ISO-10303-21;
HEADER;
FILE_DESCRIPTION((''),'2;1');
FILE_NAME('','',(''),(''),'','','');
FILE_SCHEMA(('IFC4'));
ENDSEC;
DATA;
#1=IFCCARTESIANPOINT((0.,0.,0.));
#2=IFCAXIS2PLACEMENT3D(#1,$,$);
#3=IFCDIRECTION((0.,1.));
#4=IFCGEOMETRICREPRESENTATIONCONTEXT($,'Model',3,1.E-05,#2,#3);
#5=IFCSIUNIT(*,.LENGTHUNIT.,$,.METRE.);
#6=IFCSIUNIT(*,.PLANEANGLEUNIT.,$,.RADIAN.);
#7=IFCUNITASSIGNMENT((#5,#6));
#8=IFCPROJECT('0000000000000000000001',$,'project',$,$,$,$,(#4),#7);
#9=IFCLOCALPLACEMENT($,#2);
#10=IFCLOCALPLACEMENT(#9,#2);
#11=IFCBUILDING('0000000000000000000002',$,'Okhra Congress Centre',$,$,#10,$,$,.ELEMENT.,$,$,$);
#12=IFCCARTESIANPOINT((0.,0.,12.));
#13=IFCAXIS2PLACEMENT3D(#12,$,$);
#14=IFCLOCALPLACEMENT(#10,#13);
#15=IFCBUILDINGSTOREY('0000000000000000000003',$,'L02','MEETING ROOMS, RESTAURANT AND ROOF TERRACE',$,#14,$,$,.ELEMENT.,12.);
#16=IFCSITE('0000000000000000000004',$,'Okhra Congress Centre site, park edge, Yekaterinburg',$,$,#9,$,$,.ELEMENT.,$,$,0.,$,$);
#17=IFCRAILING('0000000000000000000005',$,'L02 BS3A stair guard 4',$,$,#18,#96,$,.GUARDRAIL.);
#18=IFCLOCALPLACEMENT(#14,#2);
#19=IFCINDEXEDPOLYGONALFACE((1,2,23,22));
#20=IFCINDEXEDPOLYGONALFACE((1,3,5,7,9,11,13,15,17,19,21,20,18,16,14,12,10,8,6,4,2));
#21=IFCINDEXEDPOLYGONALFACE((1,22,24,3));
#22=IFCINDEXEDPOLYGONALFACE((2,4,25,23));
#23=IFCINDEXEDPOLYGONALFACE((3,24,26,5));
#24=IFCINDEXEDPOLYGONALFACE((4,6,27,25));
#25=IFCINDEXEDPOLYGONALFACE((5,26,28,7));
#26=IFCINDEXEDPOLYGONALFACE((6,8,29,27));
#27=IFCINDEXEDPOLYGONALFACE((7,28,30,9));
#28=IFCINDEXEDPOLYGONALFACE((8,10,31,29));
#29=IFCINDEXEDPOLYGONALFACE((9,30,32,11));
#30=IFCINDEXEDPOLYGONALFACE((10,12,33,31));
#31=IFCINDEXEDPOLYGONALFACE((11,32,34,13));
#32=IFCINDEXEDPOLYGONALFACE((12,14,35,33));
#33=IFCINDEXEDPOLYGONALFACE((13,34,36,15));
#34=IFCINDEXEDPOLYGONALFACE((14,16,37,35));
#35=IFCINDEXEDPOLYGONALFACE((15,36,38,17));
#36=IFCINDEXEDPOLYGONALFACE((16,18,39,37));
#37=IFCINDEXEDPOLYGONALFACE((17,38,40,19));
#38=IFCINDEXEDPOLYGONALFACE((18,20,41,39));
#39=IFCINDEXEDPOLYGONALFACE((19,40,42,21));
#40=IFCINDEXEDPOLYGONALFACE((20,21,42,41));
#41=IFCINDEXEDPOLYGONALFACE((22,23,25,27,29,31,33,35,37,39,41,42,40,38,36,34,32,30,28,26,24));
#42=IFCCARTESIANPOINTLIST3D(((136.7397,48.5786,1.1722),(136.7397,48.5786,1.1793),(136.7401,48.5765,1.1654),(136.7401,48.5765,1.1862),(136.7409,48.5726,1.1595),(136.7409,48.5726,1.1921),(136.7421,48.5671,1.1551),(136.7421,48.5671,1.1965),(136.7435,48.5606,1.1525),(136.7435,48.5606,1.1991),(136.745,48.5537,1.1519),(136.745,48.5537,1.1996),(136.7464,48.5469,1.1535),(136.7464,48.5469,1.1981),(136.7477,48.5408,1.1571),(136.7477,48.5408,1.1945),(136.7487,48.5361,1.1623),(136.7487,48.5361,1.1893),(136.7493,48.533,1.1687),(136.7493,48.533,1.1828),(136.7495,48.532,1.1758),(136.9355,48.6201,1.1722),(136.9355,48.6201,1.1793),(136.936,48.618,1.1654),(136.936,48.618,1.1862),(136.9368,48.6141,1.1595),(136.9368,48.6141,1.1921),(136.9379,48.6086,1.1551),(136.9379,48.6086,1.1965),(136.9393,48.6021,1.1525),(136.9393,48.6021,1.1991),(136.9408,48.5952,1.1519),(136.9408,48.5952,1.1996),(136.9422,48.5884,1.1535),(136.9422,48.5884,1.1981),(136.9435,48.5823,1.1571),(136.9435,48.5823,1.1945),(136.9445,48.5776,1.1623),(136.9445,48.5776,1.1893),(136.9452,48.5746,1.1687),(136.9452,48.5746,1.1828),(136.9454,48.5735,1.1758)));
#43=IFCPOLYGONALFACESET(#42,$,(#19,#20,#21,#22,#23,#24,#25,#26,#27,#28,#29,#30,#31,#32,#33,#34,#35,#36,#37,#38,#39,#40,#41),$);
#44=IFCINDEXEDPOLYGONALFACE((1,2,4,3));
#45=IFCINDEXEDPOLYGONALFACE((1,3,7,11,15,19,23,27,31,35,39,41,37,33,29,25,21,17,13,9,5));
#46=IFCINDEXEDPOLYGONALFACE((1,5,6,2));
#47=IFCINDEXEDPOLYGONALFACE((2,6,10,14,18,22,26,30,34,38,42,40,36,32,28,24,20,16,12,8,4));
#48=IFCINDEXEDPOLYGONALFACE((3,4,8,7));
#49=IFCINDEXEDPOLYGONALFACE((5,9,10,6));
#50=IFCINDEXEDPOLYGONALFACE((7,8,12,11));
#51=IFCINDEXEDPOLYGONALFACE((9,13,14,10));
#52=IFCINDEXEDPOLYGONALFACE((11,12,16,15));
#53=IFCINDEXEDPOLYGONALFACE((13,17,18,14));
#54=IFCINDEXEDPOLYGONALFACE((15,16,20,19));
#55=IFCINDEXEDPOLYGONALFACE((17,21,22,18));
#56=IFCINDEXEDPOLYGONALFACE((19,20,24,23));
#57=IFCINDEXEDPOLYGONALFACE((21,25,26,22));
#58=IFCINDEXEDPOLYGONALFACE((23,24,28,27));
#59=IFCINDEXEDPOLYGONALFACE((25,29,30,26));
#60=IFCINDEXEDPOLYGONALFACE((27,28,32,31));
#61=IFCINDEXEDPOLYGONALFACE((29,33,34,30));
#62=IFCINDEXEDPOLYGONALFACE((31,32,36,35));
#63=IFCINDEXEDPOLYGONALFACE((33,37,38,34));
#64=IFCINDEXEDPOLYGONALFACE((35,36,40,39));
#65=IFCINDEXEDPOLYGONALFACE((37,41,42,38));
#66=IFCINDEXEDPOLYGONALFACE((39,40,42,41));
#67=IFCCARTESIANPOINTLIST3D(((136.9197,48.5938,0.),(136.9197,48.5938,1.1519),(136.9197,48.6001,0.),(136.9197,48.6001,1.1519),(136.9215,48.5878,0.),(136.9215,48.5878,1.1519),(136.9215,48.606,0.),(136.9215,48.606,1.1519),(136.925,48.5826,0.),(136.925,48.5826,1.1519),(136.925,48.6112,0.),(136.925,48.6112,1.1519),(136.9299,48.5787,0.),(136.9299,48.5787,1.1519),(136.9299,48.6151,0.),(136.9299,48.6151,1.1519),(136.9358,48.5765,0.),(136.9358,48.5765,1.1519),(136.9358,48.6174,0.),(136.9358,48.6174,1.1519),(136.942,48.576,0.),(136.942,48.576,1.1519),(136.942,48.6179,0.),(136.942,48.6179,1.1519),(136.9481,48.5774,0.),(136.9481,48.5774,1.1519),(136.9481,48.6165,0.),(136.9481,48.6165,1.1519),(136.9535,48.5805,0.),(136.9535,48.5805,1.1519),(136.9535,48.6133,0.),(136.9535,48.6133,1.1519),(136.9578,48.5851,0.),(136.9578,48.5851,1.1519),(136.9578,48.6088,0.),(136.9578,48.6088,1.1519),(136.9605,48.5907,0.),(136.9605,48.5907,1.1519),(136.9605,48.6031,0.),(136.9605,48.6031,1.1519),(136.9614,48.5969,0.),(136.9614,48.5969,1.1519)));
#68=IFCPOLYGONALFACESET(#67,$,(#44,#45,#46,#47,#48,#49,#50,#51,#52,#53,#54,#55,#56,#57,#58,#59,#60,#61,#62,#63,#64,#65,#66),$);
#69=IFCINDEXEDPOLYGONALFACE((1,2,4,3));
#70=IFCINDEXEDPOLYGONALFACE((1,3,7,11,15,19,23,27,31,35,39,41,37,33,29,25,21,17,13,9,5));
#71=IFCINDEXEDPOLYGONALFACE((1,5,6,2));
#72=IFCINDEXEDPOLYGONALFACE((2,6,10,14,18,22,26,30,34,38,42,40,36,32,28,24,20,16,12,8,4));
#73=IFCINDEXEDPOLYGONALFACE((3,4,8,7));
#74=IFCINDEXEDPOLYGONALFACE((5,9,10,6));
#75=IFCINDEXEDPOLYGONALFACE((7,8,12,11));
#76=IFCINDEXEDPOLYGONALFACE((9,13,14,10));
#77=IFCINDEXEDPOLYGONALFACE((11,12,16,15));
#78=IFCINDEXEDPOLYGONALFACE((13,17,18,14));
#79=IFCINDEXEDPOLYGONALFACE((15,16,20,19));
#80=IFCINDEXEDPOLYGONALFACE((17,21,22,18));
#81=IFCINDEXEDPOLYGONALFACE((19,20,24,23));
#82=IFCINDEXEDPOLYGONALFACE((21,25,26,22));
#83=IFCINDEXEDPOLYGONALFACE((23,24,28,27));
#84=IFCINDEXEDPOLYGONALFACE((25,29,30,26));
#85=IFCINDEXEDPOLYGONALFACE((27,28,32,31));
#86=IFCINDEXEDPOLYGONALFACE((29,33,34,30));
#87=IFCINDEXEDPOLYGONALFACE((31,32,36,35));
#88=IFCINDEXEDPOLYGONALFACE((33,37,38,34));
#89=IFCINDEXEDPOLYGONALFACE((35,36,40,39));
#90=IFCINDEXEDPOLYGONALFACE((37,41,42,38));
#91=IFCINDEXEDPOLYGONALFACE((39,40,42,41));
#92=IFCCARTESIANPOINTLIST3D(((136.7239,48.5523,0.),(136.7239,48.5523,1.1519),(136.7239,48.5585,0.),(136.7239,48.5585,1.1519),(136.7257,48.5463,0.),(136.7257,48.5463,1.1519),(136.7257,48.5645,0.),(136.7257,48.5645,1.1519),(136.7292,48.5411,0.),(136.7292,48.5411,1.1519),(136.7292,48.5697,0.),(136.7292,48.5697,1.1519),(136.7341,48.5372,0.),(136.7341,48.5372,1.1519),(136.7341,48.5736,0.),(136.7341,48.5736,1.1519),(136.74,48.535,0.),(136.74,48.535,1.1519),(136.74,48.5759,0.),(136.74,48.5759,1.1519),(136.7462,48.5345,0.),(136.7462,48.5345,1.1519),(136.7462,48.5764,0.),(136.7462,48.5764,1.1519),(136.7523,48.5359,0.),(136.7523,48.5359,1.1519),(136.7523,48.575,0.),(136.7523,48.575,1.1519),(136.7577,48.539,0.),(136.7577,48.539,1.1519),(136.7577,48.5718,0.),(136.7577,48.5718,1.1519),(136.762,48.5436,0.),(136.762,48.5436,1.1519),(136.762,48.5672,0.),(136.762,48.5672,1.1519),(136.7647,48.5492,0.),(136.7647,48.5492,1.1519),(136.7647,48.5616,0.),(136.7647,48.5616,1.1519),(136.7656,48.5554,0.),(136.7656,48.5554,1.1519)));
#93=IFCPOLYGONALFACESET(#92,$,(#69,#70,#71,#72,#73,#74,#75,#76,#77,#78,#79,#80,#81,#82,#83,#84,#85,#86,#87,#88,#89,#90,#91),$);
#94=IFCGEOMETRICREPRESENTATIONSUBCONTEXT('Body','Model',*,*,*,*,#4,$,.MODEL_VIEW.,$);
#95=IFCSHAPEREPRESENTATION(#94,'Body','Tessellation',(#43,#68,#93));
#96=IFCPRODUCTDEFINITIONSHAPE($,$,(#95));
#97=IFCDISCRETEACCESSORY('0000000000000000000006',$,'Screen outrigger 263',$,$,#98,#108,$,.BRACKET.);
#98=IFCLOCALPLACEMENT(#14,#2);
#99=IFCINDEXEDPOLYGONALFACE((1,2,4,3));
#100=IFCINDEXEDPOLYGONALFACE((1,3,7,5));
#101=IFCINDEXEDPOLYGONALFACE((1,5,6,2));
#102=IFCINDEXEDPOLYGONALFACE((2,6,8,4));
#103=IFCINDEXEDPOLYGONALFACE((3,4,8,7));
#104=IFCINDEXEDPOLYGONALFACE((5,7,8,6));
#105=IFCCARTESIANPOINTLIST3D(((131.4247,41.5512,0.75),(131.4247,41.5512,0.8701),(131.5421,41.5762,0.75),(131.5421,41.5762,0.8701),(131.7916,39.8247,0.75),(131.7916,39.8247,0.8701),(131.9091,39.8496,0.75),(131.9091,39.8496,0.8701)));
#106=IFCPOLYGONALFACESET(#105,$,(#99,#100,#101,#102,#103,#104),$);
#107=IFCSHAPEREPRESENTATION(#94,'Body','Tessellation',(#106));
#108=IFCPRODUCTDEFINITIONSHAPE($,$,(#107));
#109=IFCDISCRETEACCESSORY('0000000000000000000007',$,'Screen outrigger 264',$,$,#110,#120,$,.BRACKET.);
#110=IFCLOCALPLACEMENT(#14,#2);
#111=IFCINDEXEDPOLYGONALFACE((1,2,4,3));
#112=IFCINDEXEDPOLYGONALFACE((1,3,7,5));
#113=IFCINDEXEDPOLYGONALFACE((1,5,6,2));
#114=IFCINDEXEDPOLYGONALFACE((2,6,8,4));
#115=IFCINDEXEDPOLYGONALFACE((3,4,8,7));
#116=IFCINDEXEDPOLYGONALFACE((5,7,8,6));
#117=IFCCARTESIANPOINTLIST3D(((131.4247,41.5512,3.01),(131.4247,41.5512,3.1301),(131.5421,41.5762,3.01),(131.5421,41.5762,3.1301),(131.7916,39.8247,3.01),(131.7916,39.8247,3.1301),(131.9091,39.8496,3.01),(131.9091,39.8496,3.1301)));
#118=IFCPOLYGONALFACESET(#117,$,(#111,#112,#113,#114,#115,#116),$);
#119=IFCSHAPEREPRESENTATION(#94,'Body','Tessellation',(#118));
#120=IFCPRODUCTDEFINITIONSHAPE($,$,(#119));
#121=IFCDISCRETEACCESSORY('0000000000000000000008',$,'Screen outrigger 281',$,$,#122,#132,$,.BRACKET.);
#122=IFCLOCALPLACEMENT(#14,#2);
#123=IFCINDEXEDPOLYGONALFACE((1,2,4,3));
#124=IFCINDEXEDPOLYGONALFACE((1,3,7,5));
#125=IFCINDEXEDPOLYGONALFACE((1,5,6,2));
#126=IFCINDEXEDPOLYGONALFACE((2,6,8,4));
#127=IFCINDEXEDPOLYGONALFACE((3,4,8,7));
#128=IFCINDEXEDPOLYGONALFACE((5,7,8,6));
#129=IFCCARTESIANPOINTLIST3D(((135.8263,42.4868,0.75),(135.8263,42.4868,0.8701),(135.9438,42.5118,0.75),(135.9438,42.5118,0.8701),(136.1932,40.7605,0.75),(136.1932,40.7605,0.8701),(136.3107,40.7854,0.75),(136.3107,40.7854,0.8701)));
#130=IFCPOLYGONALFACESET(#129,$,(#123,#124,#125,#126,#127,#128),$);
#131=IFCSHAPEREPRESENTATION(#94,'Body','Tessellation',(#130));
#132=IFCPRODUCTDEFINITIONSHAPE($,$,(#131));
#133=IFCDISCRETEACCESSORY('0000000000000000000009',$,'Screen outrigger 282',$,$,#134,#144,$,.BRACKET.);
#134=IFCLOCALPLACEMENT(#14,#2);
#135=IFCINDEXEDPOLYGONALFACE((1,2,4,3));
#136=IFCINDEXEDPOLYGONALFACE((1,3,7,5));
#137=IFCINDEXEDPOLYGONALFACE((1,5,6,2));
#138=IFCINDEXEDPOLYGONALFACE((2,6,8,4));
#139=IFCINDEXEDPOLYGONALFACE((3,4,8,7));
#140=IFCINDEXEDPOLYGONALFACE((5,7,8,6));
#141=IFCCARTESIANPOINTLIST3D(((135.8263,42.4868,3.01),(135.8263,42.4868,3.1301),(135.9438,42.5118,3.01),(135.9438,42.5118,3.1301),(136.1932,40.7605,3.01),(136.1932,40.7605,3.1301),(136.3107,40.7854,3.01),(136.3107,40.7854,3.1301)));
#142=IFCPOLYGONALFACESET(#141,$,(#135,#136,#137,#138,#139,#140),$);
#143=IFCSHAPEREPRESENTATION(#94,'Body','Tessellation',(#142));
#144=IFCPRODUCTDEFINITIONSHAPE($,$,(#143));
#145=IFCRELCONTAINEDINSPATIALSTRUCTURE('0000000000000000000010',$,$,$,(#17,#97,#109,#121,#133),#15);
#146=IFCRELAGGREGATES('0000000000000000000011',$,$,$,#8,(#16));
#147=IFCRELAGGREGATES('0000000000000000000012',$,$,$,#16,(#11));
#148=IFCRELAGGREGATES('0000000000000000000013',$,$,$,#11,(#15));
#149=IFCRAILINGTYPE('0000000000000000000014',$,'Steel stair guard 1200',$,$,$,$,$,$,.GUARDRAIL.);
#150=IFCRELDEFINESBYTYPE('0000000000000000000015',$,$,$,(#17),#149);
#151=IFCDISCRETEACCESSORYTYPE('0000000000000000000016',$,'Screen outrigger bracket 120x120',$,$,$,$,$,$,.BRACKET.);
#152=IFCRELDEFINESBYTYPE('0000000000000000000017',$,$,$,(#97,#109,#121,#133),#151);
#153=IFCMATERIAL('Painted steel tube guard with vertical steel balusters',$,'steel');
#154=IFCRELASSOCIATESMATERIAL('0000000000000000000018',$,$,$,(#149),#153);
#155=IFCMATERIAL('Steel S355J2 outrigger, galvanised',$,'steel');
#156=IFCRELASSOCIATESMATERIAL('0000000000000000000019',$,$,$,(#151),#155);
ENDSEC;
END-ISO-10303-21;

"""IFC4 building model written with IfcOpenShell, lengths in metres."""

from ifc_helpers import new_model, si_unit, direction, frame, origin, origin_2d, place, context, subcontext, project, spatial, rectangle, circle, extrude, material, material_profile, profile_set, type_object, element, save


model = new_model("IFC4")

# Units and contexts
model_context = context("Model", 3, precision=1e-05, world=origin(), true_north=direction((0.0, 1.0)))
body_context = subcontext(model_context, "Body", "Model", "MODEL_VIEW")
ifc_project = project(units=[si_unit("LENGTHUNIT", "METRE"), si_unit("PLANEANGLEUNIT", "RADIAN")], contexts=[model_context])

# Site, building, storey
site_placement = place(None, origin())
site = spatial("IfcSite", under=ifc_project, at=site_placement, Name="Okhra Congress Centre site, park edge, Yekaterinburg", CompositionType="ELEMENT", RefElevation=0.0)
building_placement = place(site_placement, origin())
building = spatial("IfcBuilding", under=site, at=building_placement, Name="Okhra Congress Centre", CompositionType="ELEMENT")
storey_placement = place(building_placement, frame((0.0, 0.0, 12.0)))
storey = spatial("IfcBuildingStorey", under=building, at=storey_placement, Name="L02", Description="MEETING ROOMS, RESTAURANT AND ROOF TERRACE", CompositionType="ELEMENT", Elevation=12.0)

# Railing
ifc_material_1 = material(Name="Painted steel tube guard with vertical steel balusters", Category="steel")
railing_type_1 = type_object("IfcRailingType", Name="Steel stair guard 1200", PredefinedType="GUARDRAIL", material=ifc_material_1)
railing_1_placement = place(storey_placement, frame((136.9404, 48.5969, 0.0)))
element("IfcRailing", 1, at=railing_1_placement, inside=storey, type_object=railing_type_1, Name="L02 BS3A stair guard 4", PredefinedType="GUARDRAIL", context=body_context, shape_type="SweptSolid", body=[
    extrude(circle(Radius=0.0239, at=origin_2d()), frame((0.0, 0.0, 1.1758), z_axis=(-0.978264, -0.207363, 0.0), x_axis=(0.207363, -0.978264, 0.0)), (0.0, 0.0, 1.0), 0.2002),
    extrude(circle(Radius=0.021, at=origin_2d()), origin(), (0.0, 0.0, 1.0), 1.1519),
    extrude(circle(Radius=0.021, at=origin_2d()), frame((-0.1958, -0.0415, 0.0)), (0.0, 0.0, 1.0), 1.1519),
])

# Discrete accessories
ifc_material_2 = material(Name="Steel S355J2 outrigger, galvanised", Category="steel")
ifc_material_profile_1 = material_profile(ifc_material_2, rectangle(XDim=0.1201, YDim=0.1201, at=origin_2d()), Name="Screen outrigger bracket 120x120")
ifc_profile_set_1 = profile_set([ifc_material_profile_1], Name="Steel S355J2 outrigger, galvanised")
discrete_accessory_type = type_object("IfcDiscreteAccessoryType", Name="Screen outrigger bracket 120x120", PredefinedType="BRACKET", material=ifc_profile_set_1)
for number, where, z_axis, x_axis, name in (
    (2, (131.4834, 41.5637, 0.8101), (0.207885, -0.978153, 0.0), (0.978153, 0.207885, 0.0), "Screen outrigger 263"),
    (3, (131.4834, 41.5637, 3.0701), (0.207885, -0.978153, 0.0), (0.978153, 0.207885, 0.0), "Screen outrigger 264"),
):
    element("IfcDiscreteAccessory", number, at=place(storey_placement, frame(where, z_axis=z_axis, x_axis=x_axis)), inside=storey, type_object=discrete_accessory_type, Name=name, PredefinedType="BRACKET", context=body_context, shape_type="SweptSolid", body=[
        extrude(rectangle(XDim=0.1201, YDim=0.1201, at=origin_2d()), origin(), (0.0, 0.0, 1.0), 1.7651),
    ])
for number, where, z_axis, x_axis, name in (
    (4, (135.885, 42.4993, 0.8101), (0.207913, -0.978147, 0.0), (0.978147, 0.207913, 0.0), "Screen outrigger 281"),
    (5, (135.885, 42.4993, 3.0701), (0.207913, -0.978147, 0.0), (0.978147, 0.207913, 0.0), "Screen outrigger 282"),
):
    element("IfcDiscreteAccessory", number, at=place(storey_placement, frame(where, z_axis=z_axis, x_axis=x_axis)), inside=storey, type_object=discrete_accessory_type, Name=name, PredefinedType="BRACKET", context=body_context, shape_type="SweptSolid", body=[
        extrude(rectangle(XDim=0.1201, YDim=0.1201, at=origin_2d()), origin(), (0.0, 0.0, 1.0), 1.7649),
    ])

save(model, "model.ifc")
